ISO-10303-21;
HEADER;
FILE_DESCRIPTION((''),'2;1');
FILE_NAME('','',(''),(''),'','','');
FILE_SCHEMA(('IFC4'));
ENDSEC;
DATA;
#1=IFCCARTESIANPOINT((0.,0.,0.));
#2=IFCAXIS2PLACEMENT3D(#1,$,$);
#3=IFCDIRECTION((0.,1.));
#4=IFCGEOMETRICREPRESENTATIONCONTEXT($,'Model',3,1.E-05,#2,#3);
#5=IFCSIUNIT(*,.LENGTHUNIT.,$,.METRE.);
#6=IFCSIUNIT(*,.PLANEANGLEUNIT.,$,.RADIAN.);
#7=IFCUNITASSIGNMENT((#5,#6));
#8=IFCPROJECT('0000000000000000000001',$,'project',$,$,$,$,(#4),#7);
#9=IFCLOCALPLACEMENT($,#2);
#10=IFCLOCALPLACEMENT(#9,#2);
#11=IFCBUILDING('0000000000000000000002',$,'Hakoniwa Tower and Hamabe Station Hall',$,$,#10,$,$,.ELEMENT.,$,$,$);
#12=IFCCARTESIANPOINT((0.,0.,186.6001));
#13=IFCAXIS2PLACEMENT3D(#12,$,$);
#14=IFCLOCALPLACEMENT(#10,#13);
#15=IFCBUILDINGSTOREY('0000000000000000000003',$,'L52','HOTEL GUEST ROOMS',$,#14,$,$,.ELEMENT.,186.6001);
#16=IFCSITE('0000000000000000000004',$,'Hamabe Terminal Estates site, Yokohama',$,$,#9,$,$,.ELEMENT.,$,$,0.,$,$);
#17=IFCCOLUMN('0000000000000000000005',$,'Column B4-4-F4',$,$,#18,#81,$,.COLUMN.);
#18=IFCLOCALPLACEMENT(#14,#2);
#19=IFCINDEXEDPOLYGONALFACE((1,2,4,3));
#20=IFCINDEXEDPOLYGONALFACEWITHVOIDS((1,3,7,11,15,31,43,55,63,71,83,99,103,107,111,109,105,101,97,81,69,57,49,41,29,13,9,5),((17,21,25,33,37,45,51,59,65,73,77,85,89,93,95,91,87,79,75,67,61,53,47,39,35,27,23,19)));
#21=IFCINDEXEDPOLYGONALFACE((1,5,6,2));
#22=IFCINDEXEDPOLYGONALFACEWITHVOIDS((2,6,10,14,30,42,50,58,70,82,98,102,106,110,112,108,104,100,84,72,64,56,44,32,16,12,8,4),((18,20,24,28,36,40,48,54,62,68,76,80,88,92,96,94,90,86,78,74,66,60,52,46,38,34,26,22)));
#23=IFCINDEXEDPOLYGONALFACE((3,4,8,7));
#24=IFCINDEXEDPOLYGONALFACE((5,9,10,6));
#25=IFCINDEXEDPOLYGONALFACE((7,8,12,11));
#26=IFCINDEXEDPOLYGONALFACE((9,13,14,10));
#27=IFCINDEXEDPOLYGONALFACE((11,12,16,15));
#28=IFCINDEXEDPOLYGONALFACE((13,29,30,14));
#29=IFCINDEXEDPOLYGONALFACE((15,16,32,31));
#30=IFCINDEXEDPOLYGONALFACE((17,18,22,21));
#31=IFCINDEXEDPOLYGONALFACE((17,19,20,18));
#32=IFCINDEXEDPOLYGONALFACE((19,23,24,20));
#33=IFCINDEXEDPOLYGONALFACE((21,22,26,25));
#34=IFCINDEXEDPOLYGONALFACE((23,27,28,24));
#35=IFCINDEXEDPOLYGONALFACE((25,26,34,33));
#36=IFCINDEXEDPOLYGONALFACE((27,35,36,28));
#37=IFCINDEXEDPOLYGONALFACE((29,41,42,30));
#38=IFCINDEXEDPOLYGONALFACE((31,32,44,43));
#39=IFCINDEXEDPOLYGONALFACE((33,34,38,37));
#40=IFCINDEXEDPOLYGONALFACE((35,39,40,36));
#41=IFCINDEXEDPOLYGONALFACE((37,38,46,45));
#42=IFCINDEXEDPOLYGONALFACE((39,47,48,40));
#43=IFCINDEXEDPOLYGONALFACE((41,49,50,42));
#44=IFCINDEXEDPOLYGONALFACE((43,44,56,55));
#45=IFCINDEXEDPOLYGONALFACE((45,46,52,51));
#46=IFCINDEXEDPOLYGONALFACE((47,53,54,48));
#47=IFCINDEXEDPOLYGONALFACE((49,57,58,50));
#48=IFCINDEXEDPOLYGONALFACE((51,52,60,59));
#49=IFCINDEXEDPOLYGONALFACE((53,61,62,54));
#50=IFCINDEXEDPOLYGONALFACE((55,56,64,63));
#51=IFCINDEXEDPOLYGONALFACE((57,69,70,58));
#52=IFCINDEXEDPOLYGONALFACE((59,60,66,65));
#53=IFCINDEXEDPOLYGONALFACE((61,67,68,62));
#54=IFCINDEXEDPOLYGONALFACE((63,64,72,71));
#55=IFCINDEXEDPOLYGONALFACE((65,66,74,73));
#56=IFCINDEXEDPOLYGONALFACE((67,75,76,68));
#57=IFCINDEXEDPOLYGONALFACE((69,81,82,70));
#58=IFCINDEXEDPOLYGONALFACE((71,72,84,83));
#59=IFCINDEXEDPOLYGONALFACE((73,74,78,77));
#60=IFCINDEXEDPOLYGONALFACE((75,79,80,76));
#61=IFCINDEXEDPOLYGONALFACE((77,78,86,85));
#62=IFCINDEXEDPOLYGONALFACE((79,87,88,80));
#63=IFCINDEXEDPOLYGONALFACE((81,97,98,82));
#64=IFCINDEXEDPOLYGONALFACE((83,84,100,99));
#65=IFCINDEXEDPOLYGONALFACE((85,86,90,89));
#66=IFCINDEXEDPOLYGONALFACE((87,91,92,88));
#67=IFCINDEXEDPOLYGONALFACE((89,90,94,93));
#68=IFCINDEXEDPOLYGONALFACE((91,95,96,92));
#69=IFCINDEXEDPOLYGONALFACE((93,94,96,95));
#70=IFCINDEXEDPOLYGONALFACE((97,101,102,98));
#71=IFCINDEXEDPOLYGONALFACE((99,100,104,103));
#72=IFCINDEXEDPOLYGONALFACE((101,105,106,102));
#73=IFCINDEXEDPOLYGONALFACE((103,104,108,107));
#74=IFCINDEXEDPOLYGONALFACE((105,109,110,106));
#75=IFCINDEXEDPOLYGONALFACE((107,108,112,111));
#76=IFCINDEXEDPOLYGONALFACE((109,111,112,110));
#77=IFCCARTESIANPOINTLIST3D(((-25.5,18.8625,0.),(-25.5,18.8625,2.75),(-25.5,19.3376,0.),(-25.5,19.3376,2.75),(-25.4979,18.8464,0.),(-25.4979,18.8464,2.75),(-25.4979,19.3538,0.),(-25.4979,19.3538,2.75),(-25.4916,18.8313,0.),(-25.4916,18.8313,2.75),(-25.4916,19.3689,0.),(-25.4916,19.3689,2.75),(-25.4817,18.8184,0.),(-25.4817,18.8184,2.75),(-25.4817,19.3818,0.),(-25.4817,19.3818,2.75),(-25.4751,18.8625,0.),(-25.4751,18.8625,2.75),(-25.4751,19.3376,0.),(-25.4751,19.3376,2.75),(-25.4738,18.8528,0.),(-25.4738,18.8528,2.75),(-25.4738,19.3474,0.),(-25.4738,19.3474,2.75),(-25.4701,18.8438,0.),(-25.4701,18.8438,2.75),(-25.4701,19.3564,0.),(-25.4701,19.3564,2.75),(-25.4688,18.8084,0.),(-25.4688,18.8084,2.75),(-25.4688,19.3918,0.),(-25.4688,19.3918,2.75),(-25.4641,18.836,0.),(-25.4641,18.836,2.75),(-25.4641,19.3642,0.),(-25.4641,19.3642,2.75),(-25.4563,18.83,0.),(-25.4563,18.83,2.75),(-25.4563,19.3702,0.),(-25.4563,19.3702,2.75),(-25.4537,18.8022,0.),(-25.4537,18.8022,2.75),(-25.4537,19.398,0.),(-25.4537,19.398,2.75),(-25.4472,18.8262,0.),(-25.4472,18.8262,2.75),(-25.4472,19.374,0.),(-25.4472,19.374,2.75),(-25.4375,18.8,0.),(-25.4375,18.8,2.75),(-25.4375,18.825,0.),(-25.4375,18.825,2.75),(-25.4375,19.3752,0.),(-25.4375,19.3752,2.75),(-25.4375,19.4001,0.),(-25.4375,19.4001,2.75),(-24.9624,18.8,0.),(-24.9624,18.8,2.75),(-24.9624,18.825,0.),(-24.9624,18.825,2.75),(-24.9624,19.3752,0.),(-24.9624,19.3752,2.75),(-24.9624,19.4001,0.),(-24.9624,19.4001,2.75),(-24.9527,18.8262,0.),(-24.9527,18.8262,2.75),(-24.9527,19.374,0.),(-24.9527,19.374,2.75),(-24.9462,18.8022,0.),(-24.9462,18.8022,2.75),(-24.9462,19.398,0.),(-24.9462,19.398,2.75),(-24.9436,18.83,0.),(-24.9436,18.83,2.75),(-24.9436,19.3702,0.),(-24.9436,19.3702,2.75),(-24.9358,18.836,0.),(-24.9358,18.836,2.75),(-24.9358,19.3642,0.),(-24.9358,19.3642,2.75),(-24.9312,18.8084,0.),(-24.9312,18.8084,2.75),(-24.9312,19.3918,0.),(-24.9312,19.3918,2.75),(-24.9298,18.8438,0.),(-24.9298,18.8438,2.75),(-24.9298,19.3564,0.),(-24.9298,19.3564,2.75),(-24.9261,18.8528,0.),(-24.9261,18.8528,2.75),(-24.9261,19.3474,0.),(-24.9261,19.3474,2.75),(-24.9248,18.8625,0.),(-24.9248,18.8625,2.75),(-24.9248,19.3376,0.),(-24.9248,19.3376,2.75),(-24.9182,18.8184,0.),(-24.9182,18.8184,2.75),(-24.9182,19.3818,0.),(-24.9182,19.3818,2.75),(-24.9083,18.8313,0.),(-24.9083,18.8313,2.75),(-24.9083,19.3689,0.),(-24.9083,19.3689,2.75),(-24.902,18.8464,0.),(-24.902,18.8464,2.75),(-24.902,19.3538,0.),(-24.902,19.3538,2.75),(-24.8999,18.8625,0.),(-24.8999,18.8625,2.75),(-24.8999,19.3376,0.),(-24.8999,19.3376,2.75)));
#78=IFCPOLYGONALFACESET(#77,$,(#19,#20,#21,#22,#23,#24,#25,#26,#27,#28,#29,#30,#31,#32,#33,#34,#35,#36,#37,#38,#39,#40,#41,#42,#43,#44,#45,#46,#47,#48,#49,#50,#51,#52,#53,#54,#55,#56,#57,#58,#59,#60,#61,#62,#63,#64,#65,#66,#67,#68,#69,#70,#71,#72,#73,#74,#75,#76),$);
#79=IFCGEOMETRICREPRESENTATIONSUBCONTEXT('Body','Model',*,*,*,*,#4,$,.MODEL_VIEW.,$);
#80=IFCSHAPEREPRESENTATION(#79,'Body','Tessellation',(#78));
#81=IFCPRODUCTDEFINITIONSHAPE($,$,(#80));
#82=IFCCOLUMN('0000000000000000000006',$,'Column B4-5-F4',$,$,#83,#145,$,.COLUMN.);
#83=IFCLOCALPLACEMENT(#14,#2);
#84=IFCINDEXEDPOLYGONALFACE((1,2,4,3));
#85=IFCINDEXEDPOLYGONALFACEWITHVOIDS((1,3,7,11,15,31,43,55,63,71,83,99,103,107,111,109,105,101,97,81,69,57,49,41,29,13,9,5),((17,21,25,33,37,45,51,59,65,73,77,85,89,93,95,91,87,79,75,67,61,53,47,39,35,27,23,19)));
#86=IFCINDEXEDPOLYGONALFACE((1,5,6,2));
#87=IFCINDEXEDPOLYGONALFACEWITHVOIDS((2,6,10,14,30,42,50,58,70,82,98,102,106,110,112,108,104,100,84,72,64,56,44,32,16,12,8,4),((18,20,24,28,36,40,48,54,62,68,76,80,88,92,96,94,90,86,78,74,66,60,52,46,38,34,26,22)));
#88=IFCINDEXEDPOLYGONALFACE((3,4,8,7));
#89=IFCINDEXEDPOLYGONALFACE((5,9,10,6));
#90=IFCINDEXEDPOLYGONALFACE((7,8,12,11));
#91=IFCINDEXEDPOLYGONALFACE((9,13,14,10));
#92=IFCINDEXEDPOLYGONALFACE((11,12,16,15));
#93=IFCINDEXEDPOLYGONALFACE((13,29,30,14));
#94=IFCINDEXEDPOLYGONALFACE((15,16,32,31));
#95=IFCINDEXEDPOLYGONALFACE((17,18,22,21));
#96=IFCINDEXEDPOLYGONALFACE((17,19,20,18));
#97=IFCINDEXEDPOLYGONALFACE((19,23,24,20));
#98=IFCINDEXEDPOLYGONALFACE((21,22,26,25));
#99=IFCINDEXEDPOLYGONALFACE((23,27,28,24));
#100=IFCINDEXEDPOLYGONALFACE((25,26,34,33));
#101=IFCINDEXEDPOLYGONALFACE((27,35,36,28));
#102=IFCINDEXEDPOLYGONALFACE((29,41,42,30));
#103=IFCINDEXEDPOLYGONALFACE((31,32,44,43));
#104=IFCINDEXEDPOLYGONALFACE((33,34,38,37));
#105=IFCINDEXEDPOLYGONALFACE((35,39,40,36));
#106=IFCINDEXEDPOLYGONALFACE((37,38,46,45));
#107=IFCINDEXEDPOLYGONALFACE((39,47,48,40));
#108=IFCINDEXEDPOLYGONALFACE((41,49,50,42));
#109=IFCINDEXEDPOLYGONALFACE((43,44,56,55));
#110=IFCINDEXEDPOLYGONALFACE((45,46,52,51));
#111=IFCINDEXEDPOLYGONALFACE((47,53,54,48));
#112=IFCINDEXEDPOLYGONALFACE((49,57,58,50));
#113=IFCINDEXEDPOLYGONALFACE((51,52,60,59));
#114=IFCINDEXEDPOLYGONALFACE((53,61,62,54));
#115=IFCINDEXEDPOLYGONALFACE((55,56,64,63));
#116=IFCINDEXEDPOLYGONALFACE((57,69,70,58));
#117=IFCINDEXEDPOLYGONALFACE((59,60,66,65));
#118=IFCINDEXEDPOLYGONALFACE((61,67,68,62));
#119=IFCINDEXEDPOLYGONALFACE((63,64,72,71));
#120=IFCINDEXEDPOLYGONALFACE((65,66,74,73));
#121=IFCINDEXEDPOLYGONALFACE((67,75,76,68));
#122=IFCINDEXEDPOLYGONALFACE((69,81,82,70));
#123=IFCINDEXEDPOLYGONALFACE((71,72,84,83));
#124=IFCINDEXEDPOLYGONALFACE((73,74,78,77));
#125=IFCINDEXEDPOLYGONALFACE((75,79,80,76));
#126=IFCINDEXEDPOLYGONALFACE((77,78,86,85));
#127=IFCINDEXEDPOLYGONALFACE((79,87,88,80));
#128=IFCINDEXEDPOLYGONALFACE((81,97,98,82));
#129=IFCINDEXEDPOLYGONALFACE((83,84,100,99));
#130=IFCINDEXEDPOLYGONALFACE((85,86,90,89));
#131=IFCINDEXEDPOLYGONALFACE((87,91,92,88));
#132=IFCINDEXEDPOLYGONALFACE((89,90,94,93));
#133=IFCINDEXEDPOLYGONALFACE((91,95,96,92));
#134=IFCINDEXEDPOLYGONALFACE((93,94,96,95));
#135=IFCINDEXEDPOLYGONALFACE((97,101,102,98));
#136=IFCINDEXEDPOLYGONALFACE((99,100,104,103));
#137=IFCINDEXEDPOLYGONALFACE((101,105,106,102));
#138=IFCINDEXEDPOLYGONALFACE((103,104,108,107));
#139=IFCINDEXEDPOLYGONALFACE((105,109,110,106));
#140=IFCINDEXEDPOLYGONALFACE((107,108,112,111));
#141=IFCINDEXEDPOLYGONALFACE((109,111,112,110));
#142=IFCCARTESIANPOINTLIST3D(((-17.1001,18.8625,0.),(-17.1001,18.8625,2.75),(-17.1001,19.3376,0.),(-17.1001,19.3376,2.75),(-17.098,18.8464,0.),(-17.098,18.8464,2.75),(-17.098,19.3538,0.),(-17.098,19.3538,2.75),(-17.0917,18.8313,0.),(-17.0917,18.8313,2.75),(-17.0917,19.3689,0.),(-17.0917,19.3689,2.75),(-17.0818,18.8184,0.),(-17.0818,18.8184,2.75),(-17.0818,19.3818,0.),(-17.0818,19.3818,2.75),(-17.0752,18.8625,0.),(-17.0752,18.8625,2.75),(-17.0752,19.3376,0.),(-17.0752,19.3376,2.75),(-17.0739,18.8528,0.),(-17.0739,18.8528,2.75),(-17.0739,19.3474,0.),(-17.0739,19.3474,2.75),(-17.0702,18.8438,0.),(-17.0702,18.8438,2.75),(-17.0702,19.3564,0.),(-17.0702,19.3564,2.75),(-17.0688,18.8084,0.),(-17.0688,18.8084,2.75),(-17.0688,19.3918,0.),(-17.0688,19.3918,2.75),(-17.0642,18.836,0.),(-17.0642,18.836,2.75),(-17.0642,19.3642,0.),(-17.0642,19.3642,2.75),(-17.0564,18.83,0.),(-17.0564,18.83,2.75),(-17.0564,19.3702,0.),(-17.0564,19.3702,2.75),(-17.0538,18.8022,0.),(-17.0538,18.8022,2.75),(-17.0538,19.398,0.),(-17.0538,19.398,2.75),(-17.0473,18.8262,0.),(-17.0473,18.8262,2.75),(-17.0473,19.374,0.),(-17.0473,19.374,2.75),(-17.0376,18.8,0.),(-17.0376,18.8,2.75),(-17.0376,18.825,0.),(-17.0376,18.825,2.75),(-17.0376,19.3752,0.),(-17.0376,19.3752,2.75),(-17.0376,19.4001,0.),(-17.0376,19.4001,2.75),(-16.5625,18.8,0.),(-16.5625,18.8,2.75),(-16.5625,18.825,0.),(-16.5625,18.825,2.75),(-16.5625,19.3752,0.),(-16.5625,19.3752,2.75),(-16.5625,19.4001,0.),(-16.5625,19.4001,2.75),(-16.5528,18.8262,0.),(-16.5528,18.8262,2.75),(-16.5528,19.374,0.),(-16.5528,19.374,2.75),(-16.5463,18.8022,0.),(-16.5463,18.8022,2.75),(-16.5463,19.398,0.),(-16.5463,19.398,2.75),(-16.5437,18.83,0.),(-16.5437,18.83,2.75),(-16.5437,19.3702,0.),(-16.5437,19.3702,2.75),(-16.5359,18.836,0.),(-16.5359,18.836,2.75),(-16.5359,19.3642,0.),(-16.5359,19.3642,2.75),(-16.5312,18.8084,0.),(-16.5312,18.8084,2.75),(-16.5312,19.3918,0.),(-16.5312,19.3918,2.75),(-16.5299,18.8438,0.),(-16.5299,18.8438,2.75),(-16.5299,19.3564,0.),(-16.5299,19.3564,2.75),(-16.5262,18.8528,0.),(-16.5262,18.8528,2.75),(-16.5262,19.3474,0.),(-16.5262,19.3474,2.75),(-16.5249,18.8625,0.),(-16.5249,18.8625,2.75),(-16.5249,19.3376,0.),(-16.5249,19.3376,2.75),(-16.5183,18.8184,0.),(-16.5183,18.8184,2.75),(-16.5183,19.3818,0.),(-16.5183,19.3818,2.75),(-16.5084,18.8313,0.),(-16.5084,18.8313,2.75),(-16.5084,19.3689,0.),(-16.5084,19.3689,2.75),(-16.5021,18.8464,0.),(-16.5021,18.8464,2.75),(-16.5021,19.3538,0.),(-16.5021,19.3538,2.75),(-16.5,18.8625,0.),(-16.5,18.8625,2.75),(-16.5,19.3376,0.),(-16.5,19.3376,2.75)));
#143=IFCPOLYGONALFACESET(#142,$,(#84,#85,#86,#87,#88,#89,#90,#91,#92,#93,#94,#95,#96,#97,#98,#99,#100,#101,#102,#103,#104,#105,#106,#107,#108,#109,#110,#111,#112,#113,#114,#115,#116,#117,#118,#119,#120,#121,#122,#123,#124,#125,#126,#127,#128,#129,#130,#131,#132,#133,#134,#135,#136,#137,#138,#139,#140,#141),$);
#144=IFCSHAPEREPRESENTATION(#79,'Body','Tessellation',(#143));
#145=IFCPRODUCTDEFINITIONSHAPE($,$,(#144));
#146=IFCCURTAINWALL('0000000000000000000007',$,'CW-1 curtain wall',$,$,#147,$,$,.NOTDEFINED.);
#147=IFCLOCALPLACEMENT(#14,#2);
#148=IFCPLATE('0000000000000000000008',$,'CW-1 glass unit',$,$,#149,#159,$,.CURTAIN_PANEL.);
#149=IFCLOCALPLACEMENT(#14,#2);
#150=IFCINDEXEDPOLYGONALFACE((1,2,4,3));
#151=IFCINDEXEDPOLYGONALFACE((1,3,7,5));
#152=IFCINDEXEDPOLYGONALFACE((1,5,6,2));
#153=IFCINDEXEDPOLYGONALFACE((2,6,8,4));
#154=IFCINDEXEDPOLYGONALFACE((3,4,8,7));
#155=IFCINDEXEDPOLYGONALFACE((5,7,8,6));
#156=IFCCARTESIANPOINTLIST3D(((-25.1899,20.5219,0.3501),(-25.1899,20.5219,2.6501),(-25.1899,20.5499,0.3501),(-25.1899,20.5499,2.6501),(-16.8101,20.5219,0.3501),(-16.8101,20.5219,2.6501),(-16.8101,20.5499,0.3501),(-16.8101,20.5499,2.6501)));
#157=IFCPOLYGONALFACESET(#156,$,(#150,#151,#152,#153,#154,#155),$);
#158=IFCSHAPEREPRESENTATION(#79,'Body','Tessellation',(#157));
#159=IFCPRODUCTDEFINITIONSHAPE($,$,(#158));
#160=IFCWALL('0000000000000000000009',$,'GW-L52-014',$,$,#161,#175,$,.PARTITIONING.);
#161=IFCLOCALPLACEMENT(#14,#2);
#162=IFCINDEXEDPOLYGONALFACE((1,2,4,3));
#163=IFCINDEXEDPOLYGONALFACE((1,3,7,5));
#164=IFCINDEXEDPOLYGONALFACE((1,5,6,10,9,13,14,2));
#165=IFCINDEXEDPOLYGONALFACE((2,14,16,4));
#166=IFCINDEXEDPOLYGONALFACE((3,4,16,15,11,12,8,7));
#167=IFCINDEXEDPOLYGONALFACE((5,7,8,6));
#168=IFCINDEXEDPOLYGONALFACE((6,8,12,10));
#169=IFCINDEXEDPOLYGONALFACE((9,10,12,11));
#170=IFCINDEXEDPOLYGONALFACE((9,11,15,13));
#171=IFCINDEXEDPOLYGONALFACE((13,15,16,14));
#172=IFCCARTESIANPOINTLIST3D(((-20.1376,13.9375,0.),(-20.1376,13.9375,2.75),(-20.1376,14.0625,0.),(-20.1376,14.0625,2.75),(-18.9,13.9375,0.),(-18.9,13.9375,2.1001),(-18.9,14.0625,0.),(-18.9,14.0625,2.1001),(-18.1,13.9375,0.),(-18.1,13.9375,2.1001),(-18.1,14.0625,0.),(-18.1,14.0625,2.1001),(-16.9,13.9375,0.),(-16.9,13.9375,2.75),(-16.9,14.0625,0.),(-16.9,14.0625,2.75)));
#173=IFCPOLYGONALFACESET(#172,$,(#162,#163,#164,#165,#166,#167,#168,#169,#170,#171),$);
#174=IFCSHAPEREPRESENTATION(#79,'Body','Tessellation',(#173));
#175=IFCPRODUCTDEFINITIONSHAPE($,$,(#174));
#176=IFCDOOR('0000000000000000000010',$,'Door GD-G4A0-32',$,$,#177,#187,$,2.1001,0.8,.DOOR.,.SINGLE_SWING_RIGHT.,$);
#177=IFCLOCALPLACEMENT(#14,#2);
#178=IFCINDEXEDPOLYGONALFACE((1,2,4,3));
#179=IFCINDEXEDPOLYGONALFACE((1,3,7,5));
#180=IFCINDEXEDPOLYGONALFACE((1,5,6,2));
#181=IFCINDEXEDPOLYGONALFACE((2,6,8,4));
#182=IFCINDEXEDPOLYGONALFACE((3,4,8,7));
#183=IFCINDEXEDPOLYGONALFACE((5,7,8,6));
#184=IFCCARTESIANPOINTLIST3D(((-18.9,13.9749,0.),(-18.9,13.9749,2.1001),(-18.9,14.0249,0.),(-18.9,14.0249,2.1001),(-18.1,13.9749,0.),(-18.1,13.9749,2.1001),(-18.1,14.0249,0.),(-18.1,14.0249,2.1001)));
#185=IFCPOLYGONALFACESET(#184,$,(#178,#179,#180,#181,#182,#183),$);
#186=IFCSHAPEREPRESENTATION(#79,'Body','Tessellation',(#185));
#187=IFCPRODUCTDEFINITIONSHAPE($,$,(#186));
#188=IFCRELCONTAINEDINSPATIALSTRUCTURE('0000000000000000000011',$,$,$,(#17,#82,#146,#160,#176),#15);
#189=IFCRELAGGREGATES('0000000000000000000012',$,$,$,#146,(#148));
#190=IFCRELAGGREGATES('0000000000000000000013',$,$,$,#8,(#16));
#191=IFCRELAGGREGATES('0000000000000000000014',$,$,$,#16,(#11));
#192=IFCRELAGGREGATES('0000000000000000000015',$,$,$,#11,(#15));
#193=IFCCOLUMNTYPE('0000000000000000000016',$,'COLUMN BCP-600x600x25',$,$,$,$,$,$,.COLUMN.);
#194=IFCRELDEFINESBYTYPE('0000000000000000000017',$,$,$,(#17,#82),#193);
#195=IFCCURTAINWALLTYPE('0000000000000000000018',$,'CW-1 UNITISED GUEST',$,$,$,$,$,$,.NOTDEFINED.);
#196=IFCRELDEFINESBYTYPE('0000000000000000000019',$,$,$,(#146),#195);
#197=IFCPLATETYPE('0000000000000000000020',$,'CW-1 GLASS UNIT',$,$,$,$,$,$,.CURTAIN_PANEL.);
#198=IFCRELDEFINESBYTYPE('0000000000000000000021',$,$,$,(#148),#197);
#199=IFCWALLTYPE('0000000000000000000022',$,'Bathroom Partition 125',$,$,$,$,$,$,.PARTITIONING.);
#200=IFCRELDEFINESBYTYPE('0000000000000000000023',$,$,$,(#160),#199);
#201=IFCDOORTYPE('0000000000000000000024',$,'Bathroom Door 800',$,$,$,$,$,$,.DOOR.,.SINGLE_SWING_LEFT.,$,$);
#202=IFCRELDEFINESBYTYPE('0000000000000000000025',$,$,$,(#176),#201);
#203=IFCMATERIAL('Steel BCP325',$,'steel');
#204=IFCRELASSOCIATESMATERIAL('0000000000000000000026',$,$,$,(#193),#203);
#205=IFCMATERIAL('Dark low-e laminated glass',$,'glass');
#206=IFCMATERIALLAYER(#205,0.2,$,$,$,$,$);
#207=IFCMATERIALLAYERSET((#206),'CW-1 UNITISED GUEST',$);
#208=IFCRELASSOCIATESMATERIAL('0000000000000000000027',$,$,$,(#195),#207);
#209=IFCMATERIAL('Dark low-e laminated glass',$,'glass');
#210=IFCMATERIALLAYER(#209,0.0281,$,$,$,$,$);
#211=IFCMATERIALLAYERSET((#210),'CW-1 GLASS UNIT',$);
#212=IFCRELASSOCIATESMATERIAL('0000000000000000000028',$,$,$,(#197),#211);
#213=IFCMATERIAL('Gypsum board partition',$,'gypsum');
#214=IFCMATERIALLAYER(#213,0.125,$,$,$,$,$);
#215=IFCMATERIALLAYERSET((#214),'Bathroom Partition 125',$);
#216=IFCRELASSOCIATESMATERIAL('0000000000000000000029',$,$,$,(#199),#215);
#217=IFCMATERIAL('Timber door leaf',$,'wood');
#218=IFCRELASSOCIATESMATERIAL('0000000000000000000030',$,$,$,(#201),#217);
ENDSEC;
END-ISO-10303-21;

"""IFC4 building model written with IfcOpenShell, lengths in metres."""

from ifc_helpers import new_model, si_unit, direction, frame, frame_2d, origin, origin_2d, place, context, subcontext, project, spatial, rectangle, hollow_rectangle, extrude, material, layer, layer_set, material_profile, profile_set, type_object, element, fill, aggregate, save


model = new_model("IFC4")

# Units and contexts
model_context = context("Model", 3, precision=1e-05, world=origin(), true_north=direction((0.0, 1.0)))
body_context = subcontext(model_context, "Body", "Model", "MODEL_VIEW")
ifc_project = project(units=[si_unit("LENGTHUNIT", "METRE"), si_unit("PLANEANGLEUNIT", "RADIAN")], contexts=[model_context])

# Site, building, storey
site_placement = place(None, origin())
site = spatial("IfcSite", under=ifc_project, at=site_placement, Name="Hamabe Terminal Estates site, Yokohama", CompositionType="ELEMENT", RefElevation=0.0)
building_placement = place(site_placement, origin())
building = spatial("IfcBuilding", under=site, at=building_placement, Name="Hakoniwa Tower and Hamabe Station Hall", CompositionType="ELEMENT")
storey_placement = place(building_placement, frame((0.0, 0.0, 186.6001)))
storey = spatial("IfcBuildingStorey", under=building, at=storey_placement, Name="L52", Description="HOTEL GUEST ROOMS", CompositionType="ELEMENT", Elevation=186.6001)

# Columns
ifc_material_1 = material(Name="Steel BCP325", Category="steel")
ifc_material_profile = material_profile(ifc_material_1, hollow_rectangle(XDim=0.6001, YDim=0.6001, WallThickness=0.0249, InnerFilletRadius=0.0376, OuterFilletRadius=0.0625, at=origin_2d()), Name="BCP-600x600x25")
ifc_profile_set = profile_set([ifc_material_profile], Name="Steel BCP325")
column_type = type_object("IfcColumnType", Name="COLUMN BCP-600x600x25", PredefinedType="COLUMN", material=ifc_profile_set)
for number, where, z_axis, x_axis, name in (
    (1, (-25.2, 19.1001, 0.0), (0.0, 0.0, 1.0), (1.0, 0.0, 0.0), "Column B4-4-F4"),
    (2, (-16.8, 19.1001, 0.0), (0.0, 0.0, 1.0), (1.0, 0.0, 0.0), "Column B4-5-F4"),
):
    element("IfcColumn", number, at=place(storey_placement, frame(where, z_axis=z_axis, x_axis=x_axis)), inside=storey, type_object=column_type, Name=name, PredefinedType="COLUMN", context=body_context, shape_type="SweptSolid", body=[
        extrude(hollow_rectangle(XDim=0.6001, YDim=0.6001, WallThickness=0.0249, InnerFilletRadius=0.0376, OuterFilletRadius=0.0625, at=origin_2d()), origin(), (0.0, 0.0, 1.0), 2.75),
    ])

# Curtain wall, plate
ifc_material_2 = material(Name="Dark low-e laminated glass", Category="glass")
ifc_layer_1 = layer(ifc_material_2, 0.2)
ifc_layer_set_1 = layer_set([ifc_layer_1], Name="CW-1 UNITISED GUEST")
curtain_wall_type = type_object("IfcCurtainWallType", Name="CW-1 UNITISED GUEST", PredefinedType="NOTDEFINED", material=ifc_layer_set_1)
curtain_wall_placement = place(storey_placement, origin())
curtain_wall = element("IfcCurtainWall", 3, at=curtain_wall_placement, inside=storey, type_object=curtain_wall_type, Name="CW-1 curtain wall", PredefinedType="NOTDEFINED")
ifc_material_3 = material(Name="Dark low-e laminated glass", Category="glass")
ifc_layer_2 = layer(ifc_material_3, 0.0281)
ifc_layer_set_2 = layer_set([ifc_layer_2], Name="CW-1 GLASS UNIT")
plate_type = type_object("IfcPlateType", Name="CW-1 GLASS UNIT", PredefinedType="CURTAIN_PANEL", material=ifc_layer_set_2)
plate_placement = place(storey_placement, frame((-21.0, 20.5359, 0.3501), z_axis=(0.0, 0.0, 1.0), x_axis=(-1.0, 0.0, 0.0)))
plate = element("IfcPlate", 4, at=plate_placement, type_object=plate_type, Name="CW-1 glass unit", PredefinedType="CURTAIN_PANEL", context=body_context, shape_type="SweptSolid", body=[
    extrude(rectangle(XDim=8.3799, YDim=0.0281, at=origin_2d()), origin(), (0.0, 0.0, 1.0), 2.3),
])
aggregate(curtain_wall, [plate])

# Wall, opening, door
ifc_material_4 = material(Name="Gypsum board partition", Category="gypsum")
ifc_layer_3 = layer(ifc_material_4, 0.125)
ifc_layer_set_3 = layer_set([ifc_layer_3], Name="Bathroom Partition 125")
wall_type_1 = type_object("IfcWallType", Name="Bathroom Partition 125", PredefinedType="PARTITIONING", material=ifc_layer_set_3)
wall_1_placement = place(storey_placement, frame((-20.1375, 14.0, 0.0), z_axis=(0.0, 0.0, 1.0), x_axis=(1.0, 0.0, 0.0)))
wall_1 = element("IfcWall", 5, at=wall_1_placement, inside=storey, type_object=wall_type_1, Name="GW-L52-014", PredefinedType="PARTITIONING", context=body_context, shape_type="SweptSolid", body=[
    extrude(rectangle(XDim=3.2375, YDim=0.125, at=frame_2d((1.6187, 0.0))), origin(), (0.0, 0.0, 1.0), 2.75),
])
opening_1_placement = place(wall_1_placement, frame((1.2375, 0.0, 0.0)))
opening_1 = element("IfcOpeningElement", 6, at=opening_1_placement, cuts=wall_1, PredefinedType="OPENING", context=body_context, shape_type="SweptSolid", body=[
    extrude(rectangle(XDim=0.8, YDim=2.1001, at=frame_2d((0.3999, 1.05))), frame((0.0, 0.0725, 0.0), z_axis=(0.0, -1.0, 0.0), x_axis=(1.0, 0.0, 0.0)), (0.0, 0.0, 1.0), 0.145),
])
ifc_material_5 = material(Name="Timber door leaf", Category="wood")
door_type_1 = type_object("IfcDoorType", Name="Bathroom Door 800", OperationType="SINGLE_SWING_LEFT", PredefinedType="DOOR", material=ifc_material_5)
door_1_placement = place(opening_1_placement, origin())
door_1 = element("IfcDoor", 7, at=door_1_placement, inside=storey, type_object=door_type_1, Name="Door GD-G4A0-32", OperationType="SINGLE_SWING_RIGHT", OverallHeight=2.1001, OverallWidth=0.8, PredefinedType="DOOR", context=body_context, shape_type="SweptSolid", body=[
    extrude(rectangle(XDim=0.8, YDim=2.1001, at=frame_2d((0.3999, 1.05))), frame((0.0, 0.0249, 0.0), z_axis=(0.0, -1.0, 0.0), x_axis=(1.0, 0.0, 0.0)), (0.0, 0.0, 1.0), 0.05),
])
fill(opening_1, door_1)

save(model, "model.ifc")
